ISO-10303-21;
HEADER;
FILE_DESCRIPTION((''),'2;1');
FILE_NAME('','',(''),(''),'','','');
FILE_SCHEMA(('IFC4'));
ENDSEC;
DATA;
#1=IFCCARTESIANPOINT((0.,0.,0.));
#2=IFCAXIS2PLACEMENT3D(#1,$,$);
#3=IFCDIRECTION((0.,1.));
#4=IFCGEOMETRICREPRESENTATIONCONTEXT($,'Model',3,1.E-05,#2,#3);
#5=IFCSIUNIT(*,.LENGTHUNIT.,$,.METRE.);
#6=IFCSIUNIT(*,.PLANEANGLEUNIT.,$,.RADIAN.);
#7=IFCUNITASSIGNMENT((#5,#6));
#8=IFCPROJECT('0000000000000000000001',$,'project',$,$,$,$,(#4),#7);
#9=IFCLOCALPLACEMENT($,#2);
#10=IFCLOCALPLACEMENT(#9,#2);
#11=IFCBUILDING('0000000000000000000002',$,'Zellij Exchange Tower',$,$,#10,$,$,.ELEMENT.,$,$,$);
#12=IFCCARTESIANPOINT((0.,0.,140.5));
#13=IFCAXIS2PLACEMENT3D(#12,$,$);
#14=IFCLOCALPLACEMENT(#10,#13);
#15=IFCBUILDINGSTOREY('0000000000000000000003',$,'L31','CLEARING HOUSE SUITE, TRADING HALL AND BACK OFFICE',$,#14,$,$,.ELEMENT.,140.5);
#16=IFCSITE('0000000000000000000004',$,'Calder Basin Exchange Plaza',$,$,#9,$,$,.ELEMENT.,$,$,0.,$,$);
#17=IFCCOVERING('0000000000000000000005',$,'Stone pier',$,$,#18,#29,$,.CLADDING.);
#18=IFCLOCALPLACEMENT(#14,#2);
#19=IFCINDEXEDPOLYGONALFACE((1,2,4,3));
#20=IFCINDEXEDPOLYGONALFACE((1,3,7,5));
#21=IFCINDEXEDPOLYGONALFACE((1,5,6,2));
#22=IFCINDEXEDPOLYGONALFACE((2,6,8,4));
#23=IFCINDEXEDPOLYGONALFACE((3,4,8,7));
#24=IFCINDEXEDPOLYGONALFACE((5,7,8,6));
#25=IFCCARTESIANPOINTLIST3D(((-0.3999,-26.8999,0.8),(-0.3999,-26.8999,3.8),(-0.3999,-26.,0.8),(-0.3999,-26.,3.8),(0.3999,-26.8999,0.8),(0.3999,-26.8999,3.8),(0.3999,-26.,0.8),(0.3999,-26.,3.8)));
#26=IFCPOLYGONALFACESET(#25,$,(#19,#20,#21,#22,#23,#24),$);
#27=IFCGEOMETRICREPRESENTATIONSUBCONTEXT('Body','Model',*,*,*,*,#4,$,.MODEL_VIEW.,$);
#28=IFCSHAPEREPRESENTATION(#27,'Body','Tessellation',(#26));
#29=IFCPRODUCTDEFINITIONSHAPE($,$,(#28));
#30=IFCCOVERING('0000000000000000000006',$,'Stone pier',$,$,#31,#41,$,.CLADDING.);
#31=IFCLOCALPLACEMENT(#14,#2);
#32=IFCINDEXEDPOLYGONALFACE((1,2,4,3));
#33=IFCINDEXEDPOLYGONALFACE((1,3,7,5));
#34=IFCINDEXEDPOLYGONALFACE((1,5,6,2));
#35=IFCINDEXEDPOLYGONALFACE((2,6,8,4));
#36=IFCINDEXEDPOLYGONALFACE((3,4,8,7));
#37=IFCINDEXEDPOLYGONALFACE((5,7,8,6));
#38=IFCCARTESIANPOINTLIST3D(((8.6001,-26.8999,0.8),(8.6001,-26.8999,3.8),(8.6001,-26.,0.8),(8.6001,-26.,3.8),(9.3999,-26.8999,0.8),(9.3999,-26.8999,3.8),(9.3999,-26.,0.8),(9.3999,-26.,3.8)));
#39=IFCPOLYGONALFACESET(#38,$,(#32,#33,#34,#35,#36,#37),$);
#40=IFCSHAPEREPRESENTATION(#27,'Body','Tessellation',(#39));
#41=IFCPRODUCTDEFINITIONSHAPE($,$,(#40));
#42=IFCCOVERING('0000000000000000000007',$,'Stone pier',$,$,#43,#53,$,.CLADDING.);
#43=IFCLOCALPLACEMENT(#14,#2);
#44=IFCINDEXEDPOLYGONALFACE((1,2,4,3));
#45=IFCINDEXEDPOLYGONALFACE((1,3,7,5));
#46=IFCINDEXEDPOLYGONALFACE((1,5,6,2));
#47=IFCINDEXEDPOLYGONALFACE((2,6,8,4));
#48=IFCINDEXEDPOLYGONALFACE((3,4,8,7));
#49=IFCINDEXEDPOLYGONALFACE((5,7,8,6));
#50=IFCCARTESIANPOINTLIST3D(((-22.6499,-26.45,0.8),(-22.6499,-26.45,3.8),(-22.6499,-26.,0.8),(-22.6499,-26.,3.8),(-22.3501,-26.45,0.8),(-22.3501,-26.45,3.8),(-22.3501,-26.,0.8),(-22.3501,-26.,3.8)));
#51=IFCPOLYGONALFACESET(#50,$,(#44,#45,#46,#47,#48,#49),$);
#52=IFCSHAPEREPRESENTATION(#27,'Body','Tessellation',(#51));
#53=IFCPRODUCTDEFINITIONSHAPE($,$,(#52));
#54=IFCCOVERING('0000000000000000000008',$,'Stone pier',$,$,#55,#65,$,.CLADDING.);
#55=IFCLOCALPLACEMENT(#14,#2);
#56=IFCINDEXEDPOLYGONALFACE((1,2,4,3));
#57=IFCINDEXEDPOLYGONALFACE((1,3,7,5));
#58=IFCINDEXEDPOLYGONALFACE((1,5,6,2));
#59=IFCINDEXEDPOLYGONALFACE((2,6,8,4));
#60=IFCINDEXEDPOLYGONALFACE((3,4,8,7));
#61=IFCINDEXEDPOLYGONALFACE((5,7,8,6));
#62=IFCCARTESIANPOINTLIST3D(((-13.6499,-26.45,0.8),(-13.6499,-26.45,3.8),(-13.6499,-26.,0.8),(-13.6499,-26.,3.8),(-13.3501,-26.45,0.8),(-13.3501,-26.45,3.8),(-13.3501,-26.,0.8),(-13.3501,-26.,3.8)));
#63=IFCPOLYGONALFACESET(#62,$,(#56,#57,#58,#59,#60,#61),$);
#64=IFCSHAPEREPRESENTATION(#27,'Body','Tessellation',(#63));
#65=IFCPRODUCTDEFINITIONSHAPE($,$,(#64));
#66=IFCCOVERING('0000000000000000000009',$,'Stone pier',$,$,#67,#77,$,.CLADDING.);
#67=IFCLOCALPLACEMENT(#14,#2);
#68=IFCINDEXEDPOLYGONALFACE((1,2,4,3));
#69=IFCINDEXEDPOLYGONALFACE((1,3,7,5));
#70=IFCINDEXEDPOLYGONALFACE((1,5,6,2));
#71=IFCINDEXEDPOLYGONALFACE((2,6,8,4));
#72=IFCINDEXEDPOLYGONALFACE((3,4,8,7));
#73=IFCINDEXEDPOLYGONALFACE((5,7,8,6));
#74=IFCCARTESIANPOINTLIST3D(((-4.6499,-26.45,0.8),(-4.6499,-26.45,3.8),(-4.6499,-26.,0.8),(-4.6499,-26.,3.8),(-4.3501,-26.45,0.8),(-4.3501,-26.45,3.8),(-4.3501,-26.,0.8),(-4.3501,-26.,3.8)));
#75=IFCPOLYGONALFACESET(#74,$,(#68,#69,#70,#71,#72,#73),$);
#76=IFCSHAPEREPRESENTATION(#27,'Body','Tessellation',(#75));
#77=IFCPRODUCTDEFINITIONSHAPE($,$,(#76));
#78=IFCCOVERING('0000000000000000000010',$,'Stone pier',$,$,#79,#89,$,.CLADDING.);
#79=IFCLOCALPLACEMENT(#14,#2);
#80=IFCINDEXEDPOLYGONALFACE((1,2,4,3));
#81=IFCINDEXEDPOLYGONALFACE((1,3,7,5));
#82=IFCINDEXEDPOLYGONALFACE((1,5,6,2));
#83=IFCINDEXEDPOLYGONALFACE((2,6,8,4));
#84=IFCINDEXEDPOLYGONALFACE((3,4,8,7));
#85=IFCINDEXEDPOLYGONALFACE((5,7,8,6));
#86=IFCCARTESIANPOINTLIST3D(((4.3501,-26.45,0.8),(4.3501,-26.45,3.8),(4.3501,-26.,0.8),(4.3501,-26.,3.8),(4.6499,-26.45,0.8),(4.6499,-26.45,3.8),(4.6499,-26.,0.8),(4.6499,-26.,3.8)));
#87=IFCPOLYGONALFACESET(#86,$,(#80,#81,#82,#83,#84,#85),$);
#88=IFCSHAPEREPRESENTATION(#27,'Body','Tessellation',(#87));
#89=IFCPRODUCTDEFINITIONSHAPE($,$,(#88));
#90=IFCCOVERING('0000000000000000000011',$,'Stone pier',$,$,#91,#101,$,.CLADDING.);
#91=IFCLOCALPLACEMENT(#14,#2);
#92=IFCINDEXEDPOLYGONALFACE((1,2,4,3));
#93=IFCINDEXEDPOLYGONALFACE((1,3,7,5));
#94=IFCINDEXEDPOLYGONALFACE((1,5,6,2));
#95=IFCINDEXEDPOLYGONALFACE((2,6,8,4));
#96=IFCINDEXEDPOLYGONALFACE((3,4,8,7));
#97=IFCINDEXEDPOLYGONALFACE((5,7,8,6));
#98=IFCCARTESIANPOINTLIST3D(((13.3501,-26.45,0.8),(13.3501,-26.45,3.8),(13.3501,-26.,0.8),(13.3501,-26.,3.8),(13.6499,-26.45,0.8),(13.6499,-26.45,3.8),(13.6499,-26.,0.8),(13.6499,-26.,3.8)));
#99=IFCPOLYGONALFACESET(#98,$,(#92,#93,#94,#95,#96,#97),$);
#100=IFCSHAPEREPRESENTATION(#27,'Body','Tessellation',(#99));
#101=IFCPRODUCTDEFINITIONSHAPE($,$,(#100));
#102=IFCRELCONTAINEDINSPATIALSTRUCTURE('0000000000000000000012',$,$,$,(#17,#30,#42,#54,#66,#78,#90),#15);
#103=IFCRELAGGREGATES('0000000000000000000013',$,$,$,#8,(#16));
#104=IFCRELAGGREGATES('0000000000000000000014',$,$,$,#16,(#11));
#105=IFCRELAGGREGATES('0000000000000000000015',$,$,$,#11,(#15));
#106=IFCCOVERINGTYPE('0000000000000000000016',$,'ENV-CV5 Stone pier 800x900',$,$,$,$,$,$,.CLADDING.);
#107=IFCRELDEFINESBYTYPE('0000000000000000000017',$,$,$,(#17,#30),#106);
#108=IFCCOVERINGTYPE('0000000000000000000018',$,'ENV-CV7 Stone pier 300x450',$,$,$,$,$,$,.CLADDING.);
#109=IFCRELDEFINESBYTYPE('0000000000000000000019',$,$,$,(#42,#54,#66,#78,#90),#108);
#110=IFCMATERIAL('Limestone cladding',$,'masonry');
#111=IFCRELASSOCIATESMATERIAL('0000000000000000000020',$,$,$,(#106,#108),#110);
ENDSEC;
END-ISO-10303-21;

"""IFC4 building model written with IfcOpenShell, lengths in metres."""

from ifc_helpers import new_model, si_unit, direction, frame, origin, place, context, subcontext, project, spatial, polyline, outline, extrude, material, type_object, element, save


model = new_model("IFC4")

# Units and contexts
model_context = context("Model", 3, precision=1e-05, world=origin(), true_north=direction((0.0, 1.0)))
body_context = subcontext(model_context, "Body", "Model", "MODEL_VIEW")
ifc_project = project(units=[si_unit("LENGTHUNIT", "METRE"), si_unit("PLANEANGLEUNIT", "RADIAN")], contexts=[model_context])

# Site, building, storey
site_placement = place(None, origin())
site = spatial("IfcSite", under=ifc_project, at=site_placement, Name="Calder Basin Exchange Plaza", CompositionType="ELEMENT", RefElevation=0.0)
building_placement = place(site_placement, origin())
building = spatial("IfcBuilding", under=site, at=building_placement, Name="Zellij Exchange Tower", CompositionType="ELEMENT")
storey_placement = place(building_placement, frame((0.0, 0.0, 140.5)))
storey = spatial("IfcBuildingStorey", under=building, at=storey_placement, Name="L31", Description="CLEARING HOUSE SUITE, TRADING HALL AND BACK OFFICE", CompositionType="ELEMENT", Elevation=140.5)

# Coverings
ifc_material_1 = material(Name="Limestone cladding", Category="masonry")
covering_type_1 = type_object("IfcCoveringType", Name="ENV-CV5 Stone pier 800x900", PredefinedType="CLADDING", material=ifc_material_1)
covering_1_placement = place(storey_placement, frame((0.0, 0.0, 0.8)))
element("IfcCovering", 1, at=covering_1_placement, inside=storey, type_object=covering_type_1, Name="Stone pier", PredefinedType="CLADDING", context=body_context, shape_type="SweptSolid", body=[
    extrude(outline(polyline([(-0.3999, -26.0), (0.3999, -26.0), (0.3999, -26.8999), (-0.3999, -26.8999), (-0.3999, -26.0)])), origin(), (0.0, 0.0, 1.0), 3.0),
])
covering_2_placement = place(storey_placement, frame((0.0, 0.0, 0.8)))
element("IfcCovering", 2, at=covering_2_placement, inside=storey, type_object=covering_type_1, Name="Stone pier", PredefinedType="CLADDING", context=body_context, shape_type="SweptSolid", body=[
    extrude(outline(polyline([(8.6001, -26.0), (9.3999, -26.0), (9.3999, -26.8999), (8.6001, -26.8999), (8.6001, -26.0)])), origin(), (0.0, 0.0, 1.0), 3.0),
])
covering_type_2 = type_object("IfcCoveringType", Name="ENV-CV7 Stone pier 300x450", PredefinedType="CLADDING", material=ifc_material_1)
covering_3_placement = place(storey_placement, frame((0.0, 0.0, 0.8)))
element("IfcCovering", 3, at=covering_3_placement, inside=storey, type_object=covering_type_2, Name="Stone pier", PredefinedType="CLADDING", context=body_context, shape_type="SweptSolid", body=[
    extrude(outline(polyline([(-22.6499, -26.0), (-22.3501, -26.0), (-22.3501, -26.45), (-22.6499, -26.45), (-22.6499, -26.0)])), origin(), (0.0, 0.0, 1.0), 3.0),
])
covering_4_placement = place(storey_placement, frame((0.0, 0.0, 0.8)))
element("IfcCovering", 4, at=covering_4_placement, inside=storey, type_object=covering_type_2, Name="Stone pier", PredefinedType="CLADDING", context=body_context, shape_type="SweptSolid", body=[
    extrude(outline(polyline([(-13.6499, -26.0), (-13.3501, -26.0), (-13.3501, -26.45), (-13.6499, -26.45), (-13.6499, -26.0)])), origin(), (0.0, 0.0, 1.0), 3.0),
])
covering_5_placement = place(storey_placement, frame((0.0, 0.0, 0.8)))
element("IfcCovering", 5, at=covering_5_placement, inside=storey, type_object=covering_type_2, Name="Stone pier", PredefinedType="CLADDING", context=body_context, shape_type="SweptSolid", body=[
    extrude(outline(polyline([(-4.6499, -26.0), (-4.3501, -26.0), (-4.3501, -26.45), (-4.6499, -26.45), (-4.6499, -26.0)])), origin(), (0.0, 0.0, 1.0), 3.0),
])
covering_6_placement = place(storey_placement, frame((0.0, 0.0, 0.8)))
element("IfcCovering", 6, at=covering_6_placement, inside=storey, type_object=covering_type_2, Name="Stone pier", PredefinedType="CLADDING", context=body_context, shape_type="SweptSolid", body=[
    extrude(outline(polyline([(4.3501, -26.0), (4.6499, -26.0), (4.6499, -26.45), (4.3501, -26.45), (4.3501, -26.0)])), origin(), (0.0, 0.0, 1.0), 3.0),
])
covering_7_placement = place(storey_placement, frame((0.0, 0.0, 0.8)))
element("IfcCovering", 7, at=covering_7_placement, inside=storey, type_object=covering_type_2, Name="Stone pier", PredefinedType="CLADDING", context=body_context, shape_type="SweptSolid", body=[
    extrude(outline(polyline([(13.3501, -26.0), (13.6499, -26.0), (13.6499, -26.45), (13.3501, -26.45), (13.3501, -26.0)])), origin(), (0.0, 0.0, 1.0), 3.0),
])

save(model, "model.ifc")
